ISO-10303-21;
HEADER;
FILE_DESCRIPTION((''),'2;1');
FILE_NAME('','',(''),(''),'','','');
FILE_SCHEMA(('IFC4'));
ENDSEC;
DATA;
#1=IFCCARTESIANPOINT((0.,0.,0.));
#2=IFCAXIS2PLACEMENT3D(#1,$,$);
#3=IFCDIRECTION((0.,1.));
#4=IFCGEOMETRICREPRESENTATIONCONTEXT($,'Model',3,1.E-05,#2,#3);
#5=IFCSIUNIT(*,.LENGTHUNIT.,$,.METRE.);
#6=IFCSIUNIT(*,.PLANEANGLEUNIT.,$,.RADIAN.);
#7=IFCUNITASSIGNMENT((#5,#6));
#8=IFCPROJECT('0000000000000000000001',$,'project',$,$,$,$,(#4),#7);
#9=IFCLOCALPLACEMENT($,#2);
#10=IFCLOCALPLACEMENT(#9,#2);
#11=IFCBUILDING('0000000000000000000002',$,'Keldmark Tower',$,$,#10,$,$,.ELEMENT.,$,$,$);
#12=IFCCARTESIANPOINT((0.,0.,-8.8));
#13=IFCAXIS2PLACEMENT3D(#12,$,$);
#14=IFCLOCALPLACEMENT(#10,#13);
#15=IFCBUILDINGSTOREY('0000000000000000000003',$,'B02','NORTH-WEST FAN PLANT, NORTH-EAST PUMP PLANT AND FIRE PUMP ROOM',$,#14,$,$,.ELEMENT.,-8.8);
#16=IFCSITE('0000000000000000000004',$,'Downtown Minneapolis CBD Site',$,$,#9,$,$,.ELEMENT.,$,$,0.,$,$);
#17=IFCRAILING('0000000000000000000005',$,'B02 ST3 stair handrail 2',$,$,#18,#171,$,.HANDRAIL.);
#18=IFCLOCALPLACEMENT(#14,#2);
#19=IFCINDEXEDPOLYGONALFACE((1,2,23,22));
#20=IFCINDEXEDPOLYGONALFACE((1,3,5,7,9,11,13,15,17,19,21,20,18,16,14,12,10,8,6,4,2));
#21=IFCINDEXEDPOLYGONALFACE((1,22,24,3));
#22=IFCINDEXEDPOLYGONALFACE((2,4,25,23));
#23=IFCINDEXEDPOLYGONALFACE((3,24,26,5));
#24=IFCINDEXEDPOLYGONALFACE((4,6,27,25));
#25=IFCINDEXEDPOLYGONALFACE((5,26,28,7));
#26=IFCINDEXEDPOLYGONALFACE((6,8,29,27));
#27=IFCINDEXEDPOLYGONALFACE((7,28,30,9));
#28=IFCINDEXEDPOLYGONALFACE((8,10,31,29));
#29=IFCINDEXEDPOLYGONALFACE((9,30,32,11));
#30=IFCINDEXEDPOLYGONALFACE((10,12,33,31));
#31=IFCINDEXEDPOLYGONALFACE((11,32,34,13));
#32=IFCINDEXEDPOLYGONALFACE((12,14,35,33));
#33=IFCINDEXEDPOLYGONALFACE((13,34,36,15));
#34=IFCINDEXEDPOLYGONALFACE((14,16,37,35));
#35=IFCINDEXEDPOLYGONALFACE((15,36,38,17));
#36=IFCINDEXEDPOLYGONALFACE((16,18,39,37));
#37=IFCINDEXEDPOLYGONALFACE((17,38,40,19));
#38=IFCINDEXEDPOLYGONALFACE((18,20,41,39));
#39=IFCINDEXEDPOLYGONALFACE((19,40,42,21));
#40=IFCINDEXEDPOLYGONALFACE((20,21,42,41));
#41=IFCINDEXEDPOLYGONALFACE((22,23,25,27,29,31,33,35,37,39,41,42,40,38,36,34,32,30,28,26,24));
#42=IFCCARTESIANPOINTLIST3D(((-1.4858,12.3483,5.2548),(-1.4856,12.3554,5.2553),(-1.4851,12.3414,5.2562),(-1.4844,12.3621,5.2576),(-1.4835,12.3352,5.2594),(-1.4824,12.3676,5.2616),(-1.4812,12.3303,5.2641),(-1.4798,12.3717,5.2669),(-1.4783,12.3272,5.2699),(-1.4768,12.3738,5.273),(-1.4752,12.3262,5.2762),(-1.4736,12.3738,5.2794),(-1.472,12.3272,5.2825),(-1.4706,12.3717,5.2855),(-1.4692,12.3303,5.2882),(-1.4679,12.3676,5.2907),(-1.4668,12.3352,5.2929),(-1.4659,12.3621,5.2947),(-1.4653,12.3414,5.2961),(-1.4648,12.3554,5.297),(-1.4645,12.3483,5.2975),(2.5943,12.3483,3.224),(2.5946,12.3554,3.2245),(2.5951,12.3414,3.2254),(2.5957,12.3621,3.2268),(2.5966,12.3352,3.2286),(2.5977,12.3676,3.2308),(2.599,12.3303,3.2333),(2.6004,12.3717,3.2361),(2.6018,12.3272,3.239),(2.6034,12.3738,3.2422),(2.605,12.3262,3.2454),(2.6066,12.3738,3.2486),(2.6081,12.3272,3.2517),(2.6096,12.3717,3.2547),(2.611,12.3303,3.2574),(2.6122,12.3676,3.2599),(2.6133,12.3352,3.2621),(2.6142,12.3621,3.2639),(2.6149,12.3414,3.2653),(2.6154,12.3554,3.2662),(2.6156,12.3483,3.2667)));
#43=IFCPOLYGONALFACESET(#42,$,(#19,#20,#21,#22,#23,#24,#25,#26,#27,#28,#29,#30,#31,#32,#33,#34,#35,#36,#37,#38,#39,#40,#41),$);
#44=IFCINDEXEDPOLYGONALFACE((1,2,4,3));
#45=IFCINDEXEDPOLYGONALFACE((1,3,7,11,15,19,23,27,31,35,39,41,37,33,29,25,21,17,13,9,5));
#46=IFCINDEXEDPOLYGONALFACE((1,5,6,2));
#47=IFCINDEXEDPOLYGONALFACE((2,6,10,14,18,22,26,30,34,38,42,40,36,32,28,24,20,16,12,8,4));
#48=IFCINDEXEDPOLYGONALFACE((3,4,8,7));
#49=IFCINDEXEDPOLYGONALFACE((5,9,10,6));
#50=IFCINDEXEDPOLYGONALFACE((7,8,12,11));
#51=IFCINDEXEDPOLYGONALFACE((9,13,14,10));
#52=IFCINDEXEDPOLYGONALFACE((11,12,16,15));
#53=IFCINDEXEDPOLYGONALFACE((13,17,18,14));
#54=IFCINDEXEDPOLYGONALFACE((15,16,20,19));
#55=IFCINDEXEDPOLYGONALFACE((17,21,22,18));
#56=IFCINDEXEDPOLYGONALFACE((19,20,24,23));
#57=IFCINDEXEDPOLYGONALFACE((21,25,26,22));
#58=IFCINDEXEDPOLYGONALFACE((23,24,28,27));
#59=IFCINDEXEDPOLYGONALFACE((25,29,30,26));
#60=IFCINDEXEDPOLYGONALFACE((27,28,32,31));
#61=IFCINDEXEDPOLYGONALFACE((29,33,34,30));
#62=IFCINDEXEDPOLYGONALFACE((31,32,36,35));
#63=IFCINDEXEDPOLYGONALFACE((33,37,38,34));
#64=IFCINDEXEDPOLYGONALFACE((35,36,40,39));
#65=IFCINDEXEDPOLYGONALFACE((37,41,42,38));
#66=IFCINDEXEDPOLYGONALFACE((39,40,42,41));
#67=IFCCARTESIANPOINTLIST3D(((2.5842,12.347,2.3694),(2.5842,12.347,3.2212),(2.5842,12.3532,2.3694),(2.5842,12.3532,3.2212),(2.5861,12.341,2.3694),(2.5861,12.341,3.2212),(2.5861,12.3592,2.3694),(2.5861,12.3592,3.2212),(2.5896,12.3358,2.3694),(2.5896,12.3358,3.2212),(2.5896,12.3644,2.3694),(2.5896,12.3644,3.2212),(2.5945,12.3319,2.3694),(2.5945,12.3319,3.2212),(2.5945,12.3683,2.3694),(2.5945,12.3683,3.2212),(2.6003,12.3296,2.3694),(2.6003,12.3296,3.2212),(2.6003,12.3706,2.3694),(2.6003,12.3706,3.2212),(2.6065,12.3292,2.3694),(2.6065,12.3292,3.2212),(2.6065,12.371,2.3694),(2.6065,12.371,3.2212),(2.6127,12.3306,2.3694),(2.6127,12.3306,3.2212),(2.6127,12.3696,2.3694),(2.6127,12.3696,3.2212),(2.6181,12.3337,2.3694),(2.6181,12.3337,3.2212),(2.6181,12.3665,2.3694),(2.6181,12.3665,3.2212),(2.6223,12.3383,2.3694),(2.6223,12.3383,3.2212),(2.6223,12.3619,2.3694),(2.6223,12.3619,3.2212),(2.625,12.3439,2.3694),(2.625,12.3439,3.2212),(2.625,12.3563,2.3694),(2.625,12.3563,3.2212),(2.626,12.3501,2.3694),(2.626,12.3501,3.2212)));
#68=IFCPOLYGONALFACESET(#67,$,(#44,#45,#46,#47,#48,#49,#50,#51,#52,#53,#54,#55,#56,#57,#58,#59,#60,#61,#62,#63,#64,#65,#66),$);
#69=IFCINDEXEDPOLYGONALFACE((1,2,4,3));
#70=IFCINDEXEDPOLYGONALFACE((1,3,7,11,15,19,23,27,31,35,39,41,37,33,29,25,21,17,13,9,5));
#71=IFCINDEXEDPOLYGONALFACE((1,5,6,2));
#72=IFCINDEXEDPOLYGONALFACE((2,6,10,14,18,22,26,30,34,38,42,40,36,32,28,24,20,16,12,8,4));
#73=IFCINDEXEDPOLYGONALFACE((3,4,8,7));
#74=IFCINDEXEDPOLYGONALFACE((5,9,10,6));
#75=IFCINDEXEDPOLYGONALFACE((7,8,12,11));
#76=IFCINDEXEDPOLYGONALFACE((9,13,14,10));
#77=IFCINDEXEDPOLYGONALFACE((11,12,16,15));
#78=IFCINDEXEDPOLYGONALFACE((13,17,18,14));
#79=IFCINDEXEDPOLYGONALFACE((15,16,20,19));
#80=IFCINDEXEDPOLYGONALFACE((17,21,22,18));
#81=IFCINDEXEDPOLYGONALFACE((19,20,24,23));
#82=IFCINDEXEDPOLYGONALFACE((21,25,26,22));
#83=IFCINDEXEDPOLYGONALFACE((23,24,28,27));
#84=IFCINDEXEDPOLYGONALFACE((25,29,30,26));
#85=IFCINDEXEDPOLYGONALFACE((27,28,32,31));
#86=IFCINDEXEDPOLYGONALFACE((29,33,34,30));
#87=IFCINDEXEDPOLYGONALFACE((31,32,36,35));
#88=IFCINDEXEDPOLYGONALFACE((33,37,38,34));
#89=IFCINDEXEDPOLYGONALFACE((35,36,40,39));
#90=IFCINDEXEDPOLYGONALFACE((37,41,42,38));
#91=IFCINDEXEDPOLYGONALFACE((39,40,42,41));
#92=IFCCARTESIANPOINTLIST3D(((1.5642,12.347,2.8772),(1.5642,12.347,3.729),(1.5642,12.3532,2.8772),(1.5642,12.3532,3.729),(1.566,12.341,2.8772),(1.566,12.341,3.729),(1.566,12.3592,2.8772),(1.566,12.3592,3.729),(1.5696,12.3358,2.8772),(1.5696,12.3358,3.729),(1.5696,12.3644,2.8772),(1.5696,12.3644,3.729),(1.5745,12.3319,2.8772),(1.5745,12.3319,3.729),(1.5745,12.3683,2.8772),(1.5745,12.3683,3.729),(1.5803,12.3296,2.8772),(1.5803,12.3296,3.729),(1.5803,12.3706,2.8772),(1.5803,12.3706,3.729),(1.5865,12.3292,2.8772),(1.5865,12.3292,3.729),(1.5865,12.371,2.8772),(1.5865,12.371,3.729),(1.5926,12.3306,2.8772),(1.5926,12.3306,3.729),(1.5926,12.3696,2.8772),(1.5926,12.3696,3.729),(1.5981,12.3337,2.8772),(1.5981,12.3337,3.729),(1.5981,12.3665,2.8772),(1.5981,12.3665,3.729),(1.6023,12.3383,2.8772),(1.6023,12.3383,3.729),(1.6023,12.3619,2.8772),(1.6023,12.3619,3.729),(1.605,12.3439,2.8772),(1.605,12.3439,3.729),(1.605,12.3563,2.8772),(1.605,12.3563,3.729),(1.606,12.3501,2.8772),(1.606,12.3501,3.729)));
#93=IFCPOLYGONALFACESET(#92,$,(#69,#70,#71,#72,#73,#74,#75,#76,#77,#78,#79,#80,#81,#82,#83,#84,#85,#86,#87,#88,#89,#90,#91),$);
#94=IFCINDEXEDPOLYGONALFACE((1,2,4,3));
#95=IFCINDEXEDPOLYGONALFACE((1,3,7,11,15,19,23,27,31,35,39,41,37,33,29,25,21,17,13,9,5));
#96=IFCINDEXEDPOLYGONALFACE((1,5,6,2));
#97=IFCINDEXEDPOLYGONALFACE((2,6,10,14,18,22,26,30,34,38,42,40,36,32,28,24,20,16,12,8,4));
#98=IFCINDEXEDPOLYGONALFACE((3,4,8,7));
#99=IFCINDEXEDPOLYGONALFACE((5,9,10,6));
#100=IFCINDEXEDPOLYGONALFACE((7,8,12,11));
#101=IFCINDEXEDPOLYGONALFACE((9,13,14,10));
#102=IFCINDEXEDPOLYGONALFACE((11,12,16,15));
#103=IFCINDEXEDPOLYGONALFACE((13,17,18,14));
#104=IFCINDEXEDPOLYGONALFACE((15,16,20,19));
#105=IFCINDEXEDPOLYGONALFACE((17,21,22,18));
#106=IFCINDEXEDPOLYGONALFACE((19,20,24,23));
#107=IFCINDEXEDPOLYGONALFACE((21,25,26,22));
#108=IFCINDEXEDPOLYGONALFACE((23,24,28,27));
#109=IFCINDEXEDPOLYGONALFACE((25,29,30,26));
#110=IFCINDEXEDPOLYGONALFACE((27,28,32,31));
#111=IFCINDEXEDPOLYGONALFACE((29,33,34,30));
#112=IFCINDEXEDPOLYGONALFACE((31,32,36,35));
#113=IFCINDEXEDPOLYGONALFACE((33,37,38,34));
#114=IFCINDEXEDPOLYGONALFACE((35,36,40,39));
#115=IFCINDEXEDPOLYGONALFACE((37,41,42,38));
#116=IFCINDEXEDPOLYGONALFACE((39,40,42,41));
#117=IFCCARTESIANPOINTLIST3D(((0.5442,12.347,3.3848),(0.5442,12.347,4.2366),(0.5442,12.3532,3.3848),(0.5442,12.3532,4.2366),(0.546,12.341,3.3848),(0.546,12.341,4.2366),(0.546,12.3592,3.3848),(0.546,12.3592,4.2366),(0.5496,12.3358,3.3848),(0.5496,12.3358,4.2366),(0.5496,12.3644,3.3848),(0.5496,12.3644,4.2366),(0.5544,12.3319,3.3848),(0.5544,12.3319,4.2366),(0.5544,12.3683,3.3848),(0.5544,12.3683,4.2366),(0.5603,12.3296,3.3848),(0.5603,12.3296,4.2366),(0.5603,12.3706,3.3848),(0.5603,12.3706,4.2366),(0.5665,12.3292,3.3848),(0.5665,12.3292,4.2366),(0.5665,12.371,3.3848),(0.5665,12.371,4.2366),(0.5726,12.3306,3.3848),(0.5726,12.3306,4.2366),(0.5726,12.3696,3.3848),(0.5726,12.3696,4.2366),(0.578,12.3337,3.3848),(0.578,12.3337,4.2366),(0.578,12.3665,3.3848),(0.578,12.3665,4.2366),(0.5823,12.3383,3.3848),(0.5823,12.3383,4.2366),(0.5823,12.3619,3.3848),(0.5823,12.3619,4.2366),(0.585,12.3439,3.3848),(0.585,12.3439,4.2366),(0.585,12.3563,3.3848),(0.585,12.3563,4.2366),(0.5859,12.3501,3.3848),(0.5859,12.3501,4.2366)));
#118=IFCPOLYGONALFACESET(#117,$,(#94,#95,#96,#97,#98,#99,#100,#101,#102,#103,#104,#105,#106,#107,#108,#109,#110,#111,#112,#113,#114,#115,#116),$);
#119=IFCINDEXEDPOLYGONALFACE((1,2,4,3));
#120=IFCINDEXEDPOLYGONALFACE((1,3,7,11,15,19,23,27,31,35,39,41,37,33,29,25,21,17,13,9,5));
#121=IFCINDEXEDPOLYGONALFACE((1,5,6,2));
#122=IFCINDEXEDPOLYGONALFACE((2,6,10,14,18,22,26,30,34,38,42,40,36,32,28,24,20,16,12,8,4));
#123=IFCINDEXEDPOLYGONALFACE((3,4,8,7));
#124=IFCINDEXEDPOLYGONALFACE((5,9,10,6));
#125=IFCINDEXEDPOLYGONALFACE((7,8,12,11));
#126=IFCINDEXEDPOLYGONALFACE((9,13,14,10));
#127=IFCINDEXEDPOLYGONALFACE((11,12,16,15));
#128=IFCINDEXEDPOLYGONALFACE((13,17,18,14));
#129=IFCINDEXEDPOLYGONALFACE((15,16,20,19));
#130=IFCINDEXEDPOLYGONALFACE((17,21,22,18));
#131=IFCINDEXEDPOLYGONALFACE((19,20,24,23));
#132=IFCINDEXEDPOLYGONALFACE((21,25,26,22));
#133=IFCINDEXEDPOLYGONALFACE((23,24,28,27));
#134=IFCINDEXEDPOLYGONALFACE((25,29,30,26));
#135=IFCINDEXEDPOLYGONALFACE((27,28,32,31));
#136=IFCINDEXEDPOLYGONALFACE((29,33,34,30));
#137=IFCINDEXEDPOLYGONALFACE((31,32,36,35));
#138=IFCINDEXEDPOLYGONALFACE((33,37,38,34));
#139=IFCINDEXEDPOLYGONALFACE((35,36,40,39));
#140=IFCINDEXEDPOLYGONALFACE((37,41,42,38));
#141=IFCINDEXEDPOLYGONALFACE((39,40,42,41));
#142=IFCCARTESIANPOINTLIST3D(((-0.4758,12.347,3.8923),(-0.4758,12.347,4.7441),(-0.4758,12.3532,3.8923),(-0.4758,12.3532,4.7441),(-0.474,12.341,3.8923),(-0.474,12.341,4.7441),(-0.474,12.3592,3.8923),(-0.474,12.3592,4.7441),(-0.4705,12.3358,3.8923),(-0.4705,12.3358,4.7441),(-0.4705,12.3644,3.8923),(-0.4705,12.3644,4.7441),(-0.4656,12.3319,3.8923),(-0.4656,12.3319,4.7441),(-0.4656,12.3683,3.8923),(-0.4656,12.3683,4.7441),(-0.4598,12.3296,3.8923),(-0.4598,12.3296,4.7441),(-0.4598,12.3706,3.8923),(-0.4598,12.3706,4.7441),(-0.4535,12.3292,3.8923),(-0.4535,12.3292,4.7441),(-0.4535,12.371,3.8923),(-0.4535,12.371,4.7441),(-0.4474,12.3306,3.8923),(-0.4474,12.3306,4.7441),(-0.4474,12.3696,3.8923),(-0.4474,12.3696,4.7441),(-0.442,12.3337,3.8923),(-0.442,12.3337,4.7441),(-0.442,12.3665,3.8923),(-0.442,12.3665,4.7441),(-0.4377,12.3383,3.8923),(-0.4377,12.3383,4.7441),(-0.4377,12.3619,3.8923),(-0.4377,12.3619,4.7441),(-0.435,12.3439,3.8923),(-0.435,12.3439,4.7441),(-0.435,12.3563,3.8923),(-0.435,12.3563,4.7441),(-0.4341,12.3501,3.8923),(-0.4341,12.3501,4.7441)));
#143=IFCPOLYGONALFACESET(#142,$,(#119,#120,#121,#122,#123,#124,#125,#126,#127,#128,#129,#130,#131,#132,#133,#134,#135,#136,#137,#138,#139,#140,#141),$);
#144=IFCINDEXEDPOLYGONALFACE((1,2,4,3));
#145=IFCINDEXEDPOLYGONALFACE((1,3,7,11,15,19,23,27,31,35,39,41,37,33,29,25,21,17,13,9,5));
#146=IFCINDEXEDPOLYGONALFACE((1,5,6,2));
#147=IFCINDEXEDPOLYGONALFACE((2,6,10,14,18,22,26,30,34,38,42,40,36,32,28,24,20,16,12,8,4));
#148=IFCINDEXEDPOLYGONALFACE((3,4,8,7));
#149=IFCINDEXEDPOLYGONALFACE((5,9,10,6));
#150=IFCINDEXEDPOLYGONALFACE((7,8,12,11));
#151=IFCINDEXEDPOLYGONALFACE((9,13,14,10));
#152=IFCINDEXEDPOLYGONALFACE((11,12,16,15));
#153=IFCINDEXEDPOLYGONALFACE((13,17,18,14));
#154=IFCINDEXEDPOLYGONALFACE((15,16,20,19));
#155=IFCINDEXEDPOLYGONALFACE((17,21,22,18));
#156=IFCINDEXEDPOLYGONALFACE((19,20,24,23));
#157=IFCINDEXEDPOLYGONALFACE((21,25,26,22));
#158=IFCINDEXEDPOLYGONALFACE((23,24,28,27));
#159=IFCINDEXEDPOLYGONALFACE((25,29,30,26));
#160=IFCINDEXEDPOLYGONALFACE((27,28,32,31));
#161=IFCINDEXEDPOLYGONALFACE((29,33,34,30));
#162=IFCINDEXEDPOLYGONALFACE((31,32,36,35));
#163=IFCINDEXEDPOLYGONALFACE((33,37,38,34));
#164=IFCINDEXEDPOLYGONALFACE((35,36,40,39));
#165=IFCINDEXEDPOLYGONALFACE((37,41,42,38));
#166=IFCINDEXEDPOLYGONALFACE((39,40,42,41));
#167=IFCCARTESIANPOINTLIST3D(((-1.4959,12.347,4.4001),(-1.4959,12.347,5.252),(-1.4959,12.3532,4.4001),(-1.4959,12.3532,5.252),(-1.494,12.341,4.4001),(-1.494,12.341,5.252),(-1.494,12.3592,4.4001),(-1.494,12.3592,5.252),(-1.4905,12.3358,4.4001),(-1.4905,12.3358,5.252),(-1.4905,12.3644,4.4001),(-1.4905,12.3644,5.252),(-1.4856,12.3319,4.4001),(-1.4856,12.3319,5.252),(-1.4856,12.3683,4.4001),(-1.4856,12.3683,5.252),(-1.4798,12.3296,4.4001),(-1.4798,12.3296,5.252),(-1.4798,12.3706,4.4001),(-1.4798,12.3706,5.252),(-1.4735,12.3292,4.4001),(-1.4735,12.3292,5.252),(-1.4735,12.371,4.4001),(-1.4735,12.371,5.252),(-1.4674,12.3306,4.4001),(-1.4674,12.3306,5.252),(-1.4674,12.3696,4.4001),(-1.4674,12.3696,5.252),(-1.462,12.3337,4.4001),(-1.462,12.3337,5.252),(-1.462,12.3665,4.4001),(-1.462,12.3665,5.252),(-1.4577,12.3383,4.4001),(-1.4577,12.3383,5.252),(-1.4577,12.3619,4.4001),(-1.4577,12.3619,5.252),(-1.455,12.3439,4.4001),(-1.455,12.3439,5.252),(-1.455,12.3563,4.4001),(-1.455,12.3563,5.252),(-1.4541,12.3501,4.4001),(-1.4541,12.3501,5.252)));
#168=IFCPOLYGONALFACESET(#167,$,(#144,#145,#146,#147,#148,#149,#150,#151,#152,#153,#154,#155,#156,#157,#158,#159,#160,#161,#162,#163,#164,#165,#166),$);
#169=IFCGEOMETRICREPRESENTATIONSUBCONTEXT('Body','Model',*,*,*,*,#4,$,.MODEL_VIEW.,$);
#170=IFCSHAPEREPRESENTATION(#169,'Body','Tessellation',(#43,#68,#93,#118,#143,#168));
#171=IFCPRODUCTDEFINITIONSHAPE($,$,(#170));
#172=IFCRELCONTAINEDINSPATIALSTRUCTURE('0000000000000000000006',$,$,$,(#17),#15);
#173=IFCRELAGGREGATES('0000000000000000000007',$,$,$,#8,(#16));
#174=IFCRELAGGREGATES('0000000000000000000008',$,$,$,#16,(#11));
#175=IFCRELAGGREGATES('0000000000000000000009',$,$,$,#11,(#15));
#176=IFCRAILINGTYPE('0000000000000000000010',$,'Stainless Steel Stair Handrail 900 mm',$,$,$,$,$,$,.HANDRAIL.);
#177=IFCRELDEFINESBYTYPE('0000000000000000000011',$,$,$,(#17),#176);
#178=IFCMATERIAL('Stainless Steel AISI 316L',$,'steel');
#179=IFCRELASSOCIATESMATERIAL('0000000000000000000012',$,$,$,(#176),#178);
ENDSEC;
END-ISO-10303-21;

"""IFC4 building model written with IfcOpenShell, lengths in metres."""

from ifc_helpers import new_model, si_unit, direction, frame, origin, origin_2d, place, context, subcontext, project, spatial, circle, extrude, material, type_object, element, save


model = new_model("IFC4")

# Units and contexts
model_context = context("Model", 3, precision=1e-05, world=origin(), true_north=direction((0.0, 1.0)))
body_context = subcontext(model_context, "Body", "Model", "MODEL_VIEW")
ifc_project = project(units=[si_unit("LENGTHUNIT", "METRE"), si_unit("PLANEANGLEUNIT", "RADIAN")], contexts=[model_context])

# Site, building, storey
site_placement = place(None, origin())
site = spatial("IfcSite", under=ifc_project, at=site_placement, Name="Downtown Minneapolis CBD Site", CompositionType="ELEMENT", RefElevation=0.0)
building_placement = place(site_placement, origin())
building = spatial("IfcBuilding", under=site, at=building_placement, Name="Keldmark Tower", CompositionType="ELEMENT")
storey_placement = place(building_placement, frame((0.0, 0.0, -8.8)))
storey = spatial("IfcBuildingStorey", under=building, at=storey_placement, Name="B02", Description="NORTH-WEST FAN PLANT, NORTH-EAST PUMP PLANT AND FIRE PUMP ROOM", CompositionType="ELEMENT", Elevation=-8.8)

# Railing
ifc_material_1 = material(Name="Stainless Steel AISI 316L", Category="steel")
railing_type_1 = type_object("IfcRailingType", Name="Stainless Steel Stair Handrail 900 mm", PredefinedType="HANDRAIL", material=ifc_material_1)
railing_1_placement = place(storey_placement, frame((2.605, 12.3501, 2.3694)))
element("IfcRailing", 1, at=railing_1_placement, inside=storey, type_object=railing_type_1, Name="B02 ST3 stair handrail 2", PredefinedType="HANDRAIL", context=body_context, shape_type="SweptSolid", body=[
    extrude(circle(Radius=0.0239, at=origin_2d()), frame((0.0, 0.0, 0.876), z_axis=(-0.89524, 0.0, 0.445584), x_axis=(0.0, -1.0, 0.0)), (0.0, 0.0, 1.0), 4.5576),
    extrude(circle(Radius=0.021, at=origin_2d()), origin(), (0.0, 0.0, 1.0), 0.8518),
    extrude(circle(Radius=0.021, at=origin_2d()), frame((-1.02, 0.0, 0.5078)), (0.0, 0.0, 1.0), 0.8518),
    extrude(circle(Radius=0.021, at=origin_2d()), frame((-2.04, 0.0, 1.0154)), (0.0, 0.0, 1.0), 0.8518),
    extrude(circle(Radius=0.021, at=origin_2d()), frame((-3.0601, 0.0, 1.5229)), (0.0, 0.0, 1.0), 0.8518),
    extrude(circle(Radius=0.021, at=origin_2d()), frame((-4.0801, 0.0, 2.0308)), (0.0, 0.0, 1.0), 0.8518),
])

save(model, "model.ifc")
